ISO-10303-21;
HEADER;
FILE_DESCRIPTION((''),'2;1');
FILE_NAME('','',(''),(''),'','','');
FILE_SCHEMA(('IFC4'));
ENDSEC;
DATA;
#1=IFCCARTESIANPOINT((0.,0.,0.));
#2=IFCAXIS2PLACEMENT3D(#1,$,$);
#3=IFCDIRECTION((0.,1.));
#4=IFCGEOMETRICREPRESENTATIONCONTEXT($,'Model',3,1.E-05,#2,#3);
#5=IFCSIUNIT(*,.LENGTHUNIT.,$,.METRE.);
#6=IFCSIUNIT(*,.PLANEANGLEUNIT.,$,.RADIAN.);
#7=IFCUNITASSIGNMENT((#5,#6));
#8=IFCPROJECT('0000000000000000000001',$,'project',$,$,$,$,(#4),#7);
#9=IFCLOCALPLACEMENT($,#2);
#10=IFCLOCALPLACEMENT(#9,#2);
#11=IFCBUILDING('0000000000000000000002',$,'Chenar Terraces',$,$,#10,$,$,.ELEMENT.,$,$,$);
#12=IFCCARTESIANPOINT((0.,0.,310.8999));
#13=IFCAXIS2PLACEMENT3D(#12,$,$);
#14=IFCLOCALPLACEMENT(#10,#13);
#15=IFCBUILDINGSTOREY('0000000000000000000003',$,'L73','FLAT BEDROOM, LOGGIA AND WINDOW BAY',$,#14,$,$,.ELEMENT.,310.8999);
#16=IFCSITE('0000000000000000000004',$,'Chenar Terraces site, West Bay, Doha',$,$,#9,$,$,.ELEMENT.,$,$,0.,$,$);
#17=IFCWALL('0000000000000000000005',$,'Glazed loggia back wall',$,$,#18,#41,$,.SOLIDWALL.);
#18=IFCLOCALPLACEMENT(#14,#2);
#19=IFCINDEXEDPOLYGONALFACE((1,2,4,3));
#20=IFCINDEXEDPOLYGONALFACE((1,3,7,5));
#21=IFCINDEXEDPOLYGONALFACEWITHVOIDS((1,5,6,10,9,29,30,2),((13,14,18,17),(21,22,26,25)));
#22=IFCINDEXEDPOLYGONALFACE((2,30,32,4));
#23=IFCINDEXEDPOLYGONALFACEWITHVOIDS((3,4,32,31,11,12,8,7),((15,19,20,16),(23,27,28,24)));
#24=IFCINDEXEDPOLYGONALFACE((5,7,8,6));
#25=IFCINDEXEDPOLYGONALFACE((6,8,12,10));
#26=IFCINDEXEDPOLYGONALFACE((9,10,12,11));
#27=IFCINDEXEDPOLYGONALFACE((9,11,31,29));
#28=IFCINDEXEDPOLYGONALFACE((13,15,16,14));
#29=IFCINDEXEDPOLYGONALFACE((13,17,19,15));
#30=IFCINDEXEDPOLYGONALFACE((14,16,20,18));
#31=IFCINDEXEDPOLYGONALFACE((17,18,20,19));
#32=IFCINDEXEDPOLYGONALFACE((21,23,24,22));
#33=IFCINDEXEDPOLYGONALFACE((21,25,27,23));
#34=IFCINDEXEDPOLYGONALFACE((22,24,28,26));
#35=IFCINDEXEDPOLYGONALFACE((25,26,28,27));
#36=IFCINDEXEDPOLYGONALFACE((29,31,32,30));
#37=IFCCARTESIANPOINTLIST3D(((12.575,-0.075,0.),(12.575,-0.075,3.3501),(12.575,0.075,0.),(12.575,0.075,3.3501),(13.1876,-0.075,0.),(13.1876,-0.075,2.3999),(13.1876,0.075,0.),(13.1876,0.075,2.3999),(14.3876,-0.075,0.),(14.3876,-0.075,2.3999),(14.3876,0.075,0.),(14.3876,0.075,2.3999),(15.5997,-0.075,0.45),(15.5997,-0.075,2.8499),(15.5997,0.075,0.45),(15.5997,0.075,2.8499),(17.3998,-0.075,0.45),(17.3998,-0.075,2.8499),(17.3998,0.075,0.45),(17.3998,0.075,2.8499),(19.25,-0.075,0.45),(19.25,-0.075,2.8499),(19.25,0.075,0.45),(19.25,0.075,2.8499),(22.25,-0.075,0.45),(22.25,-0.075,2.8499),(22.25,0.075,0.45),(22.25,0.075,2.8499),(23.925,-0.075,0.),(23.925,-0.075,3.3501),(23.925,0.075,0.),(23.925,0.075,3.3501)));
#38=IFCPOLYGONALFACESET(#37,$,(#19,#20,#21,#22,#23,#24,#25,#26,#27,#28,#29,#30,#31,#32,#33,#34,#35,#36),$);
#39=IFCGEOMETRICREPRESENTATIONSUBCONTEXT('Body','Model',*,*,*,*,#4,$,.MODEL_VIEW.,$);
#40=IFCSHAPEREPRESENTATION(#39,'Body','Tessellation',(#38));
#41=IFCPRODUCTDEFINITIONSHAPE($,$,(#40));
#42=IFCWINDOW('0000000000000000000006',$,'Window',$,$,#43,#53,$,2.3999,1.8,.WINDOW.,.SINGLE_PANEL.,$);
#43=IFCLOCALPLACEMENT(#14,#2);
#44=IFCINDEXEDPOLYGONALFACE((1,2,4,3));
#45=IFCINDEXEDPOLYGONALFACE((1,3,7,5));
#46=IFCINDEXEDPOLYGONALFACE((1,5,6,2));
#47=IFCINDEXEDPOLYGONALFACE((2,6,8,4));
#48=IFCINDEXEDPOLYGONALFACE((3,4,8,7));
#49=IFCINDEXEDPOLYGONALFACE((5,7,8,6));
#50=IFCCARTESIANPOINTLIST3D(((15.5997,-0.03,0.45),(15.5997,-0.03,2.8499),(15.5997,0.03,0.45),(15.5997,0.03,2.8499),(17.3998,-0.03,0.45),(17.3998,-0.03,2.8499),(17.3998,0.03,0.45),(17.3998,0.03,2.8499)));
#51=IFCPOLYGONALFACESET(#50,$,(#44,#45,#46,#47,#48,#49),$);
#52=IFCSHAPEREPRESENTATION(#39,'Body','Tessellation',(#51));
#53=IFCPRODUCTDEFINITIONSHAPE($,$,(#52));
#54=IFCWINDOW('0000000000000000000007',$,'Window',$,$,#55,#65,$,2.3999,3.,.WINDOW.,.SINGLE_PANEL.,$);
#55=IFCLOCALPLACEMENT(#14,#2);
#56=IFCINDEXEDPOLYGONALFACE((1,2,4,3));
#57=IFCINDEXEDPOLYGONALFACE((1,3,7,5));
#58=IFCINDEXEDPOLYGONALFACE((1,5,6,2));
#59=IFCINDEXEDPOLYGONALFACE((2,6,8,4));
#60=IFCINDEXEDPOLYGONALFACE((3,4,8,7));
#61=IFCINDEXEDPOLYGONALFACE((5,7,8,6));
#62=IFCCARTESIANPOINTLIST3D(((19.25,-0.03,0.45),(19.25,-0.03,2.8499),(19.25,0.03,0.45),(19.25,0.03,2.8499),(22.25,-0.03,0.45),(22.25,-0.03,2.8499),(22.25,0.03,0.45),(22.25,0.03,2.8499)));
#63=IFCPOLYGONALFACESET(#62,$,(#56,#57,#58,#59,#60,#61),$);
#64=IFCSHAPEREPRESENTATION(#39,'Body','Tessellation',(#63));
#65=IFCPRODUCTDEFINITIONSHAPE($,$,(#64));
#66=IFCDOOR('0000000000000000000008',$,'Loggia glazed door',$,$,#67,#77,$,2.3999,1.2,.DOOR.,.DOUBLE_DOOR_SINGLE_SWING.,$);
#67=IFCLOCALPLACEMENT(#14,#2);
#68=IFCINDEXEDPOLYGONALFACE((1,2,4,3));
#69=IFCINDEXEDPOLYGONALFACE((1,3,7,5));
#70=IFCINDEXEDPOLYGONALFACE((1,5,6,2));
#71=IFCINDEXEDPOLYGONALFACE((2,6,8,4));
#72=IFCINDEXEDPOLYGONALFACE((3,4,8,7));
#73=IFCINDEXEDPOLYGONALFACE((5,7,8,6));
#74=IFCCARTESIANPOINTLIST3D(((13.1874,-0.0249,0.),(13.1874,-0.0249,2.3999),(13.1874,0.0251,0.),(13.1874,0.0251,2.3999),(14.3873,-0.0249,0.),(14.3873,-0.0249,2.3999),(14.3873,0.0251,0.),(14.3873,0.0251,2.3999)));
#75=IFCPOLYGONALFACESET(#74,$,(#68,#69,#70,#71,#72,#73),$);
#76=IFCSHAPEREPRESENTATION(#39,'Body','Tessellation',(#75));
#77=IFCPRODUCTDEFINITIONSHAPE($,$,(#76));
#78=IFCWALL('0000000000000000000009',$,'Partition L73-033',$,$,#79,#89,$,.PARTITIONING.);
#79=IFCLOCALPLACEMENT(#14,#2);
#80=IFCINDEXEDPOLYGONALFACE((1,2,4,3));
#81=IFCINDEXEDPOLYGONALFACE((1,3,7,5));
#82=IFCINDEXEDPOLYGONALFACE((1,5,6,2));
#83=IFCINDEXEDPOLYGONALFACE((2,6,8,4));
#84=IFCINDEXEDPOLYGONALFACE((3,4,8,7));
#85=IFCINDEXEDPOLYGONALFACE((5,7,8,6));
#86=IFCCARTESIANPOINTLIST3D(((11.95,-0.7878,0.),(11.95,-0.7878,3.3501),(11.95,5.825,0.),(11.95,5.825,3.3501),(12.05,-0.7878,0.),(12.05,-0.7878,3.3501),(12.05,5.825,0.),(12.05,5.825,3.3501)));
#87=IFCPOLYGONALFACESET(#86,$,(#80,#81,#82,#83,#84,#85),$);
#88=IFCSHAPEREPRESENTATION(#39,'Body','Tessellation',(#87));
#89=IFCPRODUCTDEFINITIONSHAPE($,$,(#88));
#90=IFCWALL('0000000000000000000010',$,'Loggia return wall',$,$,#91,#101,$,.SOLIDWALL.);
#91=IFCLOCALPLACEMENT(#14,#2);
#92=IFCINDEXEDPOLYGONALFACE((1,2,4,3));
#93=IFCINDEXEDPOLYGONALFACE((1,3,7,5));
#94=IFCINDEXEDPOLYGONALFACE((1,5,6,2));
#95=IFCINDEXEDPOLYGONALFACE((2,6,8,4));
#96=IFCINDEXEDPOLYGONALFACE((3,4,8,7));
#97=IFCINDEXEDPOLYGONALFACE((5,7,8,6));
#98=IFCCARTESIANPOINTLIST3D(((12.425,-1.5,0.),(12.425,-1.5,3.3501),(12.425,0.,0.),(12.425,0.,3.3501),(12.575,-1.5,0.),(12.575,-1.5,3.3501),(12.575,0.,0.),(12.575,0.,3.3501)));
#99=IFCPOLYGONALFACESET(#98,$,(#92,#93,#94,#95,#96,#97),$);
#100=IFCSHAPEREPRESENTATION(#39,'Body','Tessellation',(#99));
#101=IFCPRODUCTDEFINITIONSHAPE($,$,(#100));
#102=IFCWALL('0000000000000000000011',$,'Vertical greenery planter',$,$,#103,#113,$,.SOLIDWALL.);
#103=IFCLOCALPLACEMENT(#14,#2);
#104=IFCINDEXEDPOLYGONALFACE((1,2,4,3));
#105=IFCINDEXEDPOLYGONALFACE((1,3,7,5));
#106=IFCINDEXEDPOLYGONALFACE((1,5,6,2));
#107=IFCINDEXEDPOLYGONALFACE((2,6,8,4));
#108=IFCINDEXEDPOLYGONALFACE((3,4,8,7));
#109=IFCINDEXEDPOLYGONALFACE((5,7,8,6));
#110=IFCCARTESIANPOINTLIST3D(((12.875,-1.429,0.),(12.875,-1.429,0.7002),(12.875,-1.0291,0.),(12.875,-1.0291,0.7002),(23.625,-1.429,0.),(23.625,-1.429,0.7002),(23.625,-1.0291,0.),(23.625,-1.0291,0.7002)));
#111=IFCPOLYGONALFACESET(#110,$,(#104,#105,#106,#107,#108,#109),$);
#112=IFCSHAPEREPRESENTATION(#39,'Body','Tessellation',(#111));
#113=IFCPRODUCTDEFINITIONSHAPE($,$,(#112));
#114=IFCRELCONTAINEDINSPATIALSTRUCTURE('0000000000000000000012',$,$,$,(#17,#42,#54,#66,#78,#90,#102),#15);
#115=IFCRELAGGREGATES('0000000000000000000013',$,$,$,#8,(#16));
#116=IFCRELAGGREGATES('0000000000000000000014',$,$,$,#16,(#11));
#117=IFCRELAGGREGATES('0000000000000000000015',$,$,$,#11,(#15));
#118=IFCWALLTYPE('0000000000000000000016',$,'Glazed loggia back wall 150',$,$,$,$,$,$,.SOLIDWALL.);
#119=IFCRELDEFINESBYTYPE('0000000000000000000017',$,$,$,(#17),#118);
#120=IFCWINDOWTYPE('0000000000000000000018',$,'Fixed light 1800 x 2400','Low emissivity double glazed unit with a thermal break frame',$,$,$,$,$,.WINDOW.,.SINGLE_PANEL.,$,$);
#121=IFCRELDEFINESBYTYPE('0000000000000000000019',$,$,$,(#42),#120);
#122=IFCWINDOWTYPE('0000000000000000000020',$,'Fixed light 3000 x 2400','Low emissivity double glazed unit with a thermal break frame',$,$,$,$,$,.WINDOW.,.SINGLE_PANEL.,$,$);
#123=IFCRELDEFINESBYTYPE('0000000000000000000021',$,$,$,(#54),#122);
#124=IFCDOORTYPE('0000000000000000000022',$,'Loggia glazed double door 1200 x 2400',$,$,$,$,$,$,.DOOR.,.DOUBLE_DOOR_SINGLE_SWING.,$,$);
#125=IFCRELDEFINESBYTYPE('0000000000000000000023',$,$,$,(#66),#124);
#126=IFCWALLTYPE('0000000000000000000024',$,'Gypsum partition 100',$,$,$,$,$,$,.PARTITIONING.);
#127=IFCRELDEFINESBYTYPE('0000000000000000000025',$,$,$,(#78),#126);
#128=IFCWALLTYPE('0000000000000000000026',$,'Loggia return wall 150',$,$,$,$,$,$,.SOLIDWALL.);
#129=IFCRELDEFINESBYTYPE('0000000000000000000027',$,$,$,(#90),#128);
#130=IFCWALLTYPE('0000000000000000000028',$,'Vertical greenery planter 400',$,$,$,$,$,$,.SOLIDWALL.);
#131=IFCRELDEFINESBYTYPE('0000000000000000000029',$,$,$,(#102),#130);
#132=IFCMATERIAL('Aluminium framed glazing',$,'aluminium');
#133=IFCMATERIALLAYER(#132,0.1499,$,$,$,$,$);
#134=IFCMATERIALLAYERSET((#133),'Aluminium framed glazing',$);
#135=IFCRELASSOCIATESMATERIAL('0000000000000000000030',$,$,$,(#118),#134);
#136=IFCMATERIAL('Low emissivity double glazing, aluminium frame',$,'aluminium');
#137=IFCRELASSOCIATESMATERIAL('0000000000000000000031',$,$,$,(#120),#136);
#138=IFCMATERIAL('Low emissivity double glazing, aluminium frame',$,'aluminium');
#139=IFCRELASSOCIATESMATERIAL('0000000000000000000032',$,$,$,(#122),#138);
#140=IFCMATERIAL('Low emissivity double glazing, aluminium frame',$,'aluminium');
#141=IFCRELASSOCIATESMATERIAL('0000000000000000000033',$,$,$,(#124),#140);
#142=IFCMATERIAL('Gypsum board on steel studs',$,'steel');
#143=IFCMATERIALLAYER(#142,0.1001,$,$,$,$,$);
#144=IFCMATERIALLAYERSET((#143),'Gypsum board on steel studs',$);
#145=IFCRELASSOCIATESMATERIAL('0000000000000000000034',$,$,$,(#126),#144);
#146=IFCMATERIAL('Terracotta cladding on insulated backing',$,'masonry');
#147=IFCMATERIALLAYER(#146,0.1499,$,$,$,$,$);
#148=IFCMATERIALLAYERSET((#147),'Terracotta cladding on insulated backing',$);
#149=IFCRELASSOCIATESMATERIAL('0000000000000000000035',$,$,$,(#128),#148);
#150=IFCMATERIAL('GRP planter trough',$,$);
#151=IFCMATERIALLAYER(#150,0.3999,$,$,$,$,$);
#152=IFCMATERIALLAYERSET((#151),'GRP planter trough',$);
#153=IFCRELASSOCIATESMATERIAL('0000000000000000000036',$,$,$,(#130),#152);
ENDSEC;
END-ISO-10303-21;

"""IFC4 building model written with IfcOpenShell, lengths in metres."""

from ifc_helpers import new_model, si_unit, direction, frame, frame_2d, origin, place, context, subcontext, project, spatial, rectangle, extrude, material, layer, layer_set, type_object, element, fill, save


model = new_model("IFC4")

# Units and contexts
model_context = context("Model", 3, precision=1e-05, world=origin(), true_north=direction((0.0, 1.0)))
body_context = subcontext(model_context, "Body", "Model", "MODEL_VIEW")
ifc_project = project(units=[si_unit("LENGTHUNIT", "METRE"), si_unit("PLANEANGLEUNIT", "RADIAN")], contexts=[model_context])

# Site, building, storey
site_placement = place(None, origin())
site = spatial("IfcSite", under=ifc_project, at=site_placement, Name="Chenar Terraces site, West Bay, Doha", CompositionType="ELEMENT", RefElevation=0.0)
building_placement = place(site_placement, origin())
building = spatial("IfcBuilding", under=site, at=building_placement, Name="Chenar Terraces", CompositionType="ELEMENT")
storey_placement = place(building_placement, frame((0.0, 0.0, 310.8999)))
storey = spatial("IfcBuildingStorey", under=building, at=storey_placement, Name="L73", Description="FLAT BEDROOM, LOGGIA AND WINDOW BAY", CompositionType="ELEMENT", Elevation=310.8999)

# Wall, openings, windows, door
ifc_material_1 = material(Name="Aluminium framed glazing", Category="aluminium")
ifc_layer_1 = layer(ifc_material_1, 0.1499)
ifc_layer_set_1 = layer_set([ifc_layer_1], Name="Aluminium framed glazing")
wall_type_1 = type_object("IfcWallType", Name="Glazed loggia back wall 150", PredefinedType="SOLIDWALL", material=ifc_layer_set_1)
wall_1_placement = place(storey_placement, frame((12.575, 0.0, 0.0), z_axis=(0.0, 0.0, 1.0), x_axis=(1.0, 0.0, 0.0)))
wall_1 = element("IfcWall", 1, at=wall_1_placement, inside=storey, type_object=wall_type_1, Name="Glazed loggia back wall", PredefinedType="SOLIDWALL", context=body_context, shape_type="SweptSolid", body=[
    extrude(rectangle(XDim=11.3501, YDim=0.1499, at=frame_2d((5.675, 0.0))), origin(), (0.0, 0.0, 1.0), 3.3501),
])
opening_1_placement = place(wall_1_placement, frame((0.6125, 0.0, 0.0)))
opening_1 = element("IfcOpeningElement", 2, at=opening_1_placement, cuts=wall_1, PredefinedType="OPENING", context=body_context, shape_type="SweptSolid", body=[
    extrude(rectangle(XDim=1.2, YDim=2.3999, at=frame_2d((0.6001, 1.2))), frame((0.0, 0.085, 0.0), z_axis=(0.0, -1.0, 0.0), x_axis=(1.0, 0.0, 0.0)), (0.0, 0.0, 1.0), 0.1699),
])
opening_2_placement = place(wall_1_placement, frame((3.0249, 0.0, 0.45)))
opening_2 = element("IfcOpeningElement", 3, at=opening_2_placement, cuts=wall_1, PredefinedType="OPENING", context=body_context, shape_type="SweptSolid", body=[
    extrude(rectangle(XDim=1.8, YDim=2.3999, at=frame_2d((0.8999, 1.2))), frame((0.0, 0.085, 0.0), z_axis=(0.0, -1.0, 0.0), x_axis=(1.0, 0.0, 0.0)), (0.0, 0.0, 1.0), 0.1699),
])
opening_3_placement = place(wall_1_placement, frame((6.675, 0.0, 0.45)))
opening_3 = element("IfcOpeningElement", 4, at=opening_3_placement, cuts=wall_1, PredefinedType="OPENING", context=body_context, shape_type="SweptSolid", body=[
    extrude(rectangle(XDim=3.0, YDim=2.3999, at=frame_2d((1.5, 1.2))), frame((0.0, 0.085, 0.0), z_axis=(0.0, -1.0, 0.0), x_axis=(1.0, 0.0, 0.0)), (0.0, 0.0, 1.0), 0.1699),
])
ifc_material_2 = material(Name="Low emissivity double glazing, aluminium frame", Category="aluminium")
window_type_1 = type_object("IfcWindowType", Name="Fixed light 1800 x 2400", Description="Low emissivity double glazed unit with a thermal break frame", PartitioningType="SINGLE_PANEL", PredefinedType="WINDOW", material=ifc_material_2)
window_1_placement = place(opening_2_placement, origin())
window_1 = element("IfcWindow", 5, at=window_1_placement, inside=storey, type_object=window_type_1, Name="Window", OverallHeight=2.3999, OverallWidth=1.8, PartitioningType="SINGLE_PANEL", PredefinedType="WINDOW", context=body_context, shape_type="SweptSolid", body=[
    extrude(rectangle(XDim=1.8, YDim=2.3999, at=frame_2d((0.8999, 1.2))), frame((0.0, 0.03, 0.0), z_axis=(0.0, -1.0, 0.0), x_axis=(1.0, 0.0, 0.0)), (0.0, 0.0, 1.0), 0.0601),
])
fill(opening_2, window_1)
ifc_material_3 = material(Name="Low emissivity double glazing, aluminium frame", Category="aluminium")
window_type_2 = type_object("IfcWindowType", Name="Fixed light 3000 x 2400", Description="Low emissivity double glazed unit with a thermal break frame", PartitioningType="SINGLE_PANEL", PredefinedType="WINDOW", material=ifc_material_3)
window_2_placement = place(opening_3_placement, origin())
window_2 = element("IfcWindow", 6, at=window_2_placement, inside=storey, type_object=window_type_2, Name="Window", OverallHeight=2.3999, OverallWidth=3.0, PartitioningType="SINGLE_PANEL", PredefinedType="WINDOW", context=body_context, shape_type="SweptSolid", body=[
    extrude(rectangle(XDim=3.0, YDim=2.3999, at=frame_2d((1.5, 1.2))), frame((0.0, 0.03, 0.0), z_axis=(0.0, -1.0, 0.0), x_axis=(1.0, 0.0, 0.0)), (0.0, 0.0, 1.0), 0.0601),
])
fill(opening_3, window_2)
ifc_material_4 = material(Name="Low emissivity double glazing, aluminium frame", Category="aluminium")
door_type_1 = type_object("IfcDoorType", Name="Loggia glazed double door 1200 x 2400", OperationType="DOUBLE_DOOR_SINGLE_SWING", PredefinedType="DOOR", material=ifc_material_4)
door_1_placement = place(opening_1_placement, frame((1.2, 0.0, 0.0), z_axis=(0.0, 0.0, 1.0), x_axis=(-1.0, 0.0, 0.0)))
door_1 = element("IfcDoor", 7, at=door_1_placement, inside=storey, type_object=door_type_1, Name="Loggia glazed door", OperationType="DOUBLE_DOOR_SINGLE_SWING", OverallHeight=2.3999, OverallWidth=1.2, PredefinedType="DOOR", context=body_context, shape_type="SweptSolid", body=[
    extrude(rectangle(XDim=1.2, YDim=2.3999, at=frame_2d((0.6001, 1.2))), frame((0.0, 0.0249, 0.0), z_axis=(0.0, -1.0, 0.0), x_axis=(1.0, 0.0, 0.0)), (0.0, 0.0, 1.0), 0.05),
])
fill(opening_1, door_1)

# Walls
ifc_material_5 = material(Name="Gypsum board on steel studs", Category="steel")
ifc_layer_2 = layer(ifc_material_5, 0.1001)
ifc_layer_set_2 = layer_set([ifc_layer_2], Name="Gypsum board on steel studs")
wall_type_2 = type_object("IfcWallType", Name="Gypsum partition 100", PredefinedType="PARTITIONING", material=ifc_layer_set_2)
wall_2_placement = place(storey_placement, frame((12.0, -0.7878, 0.0), z_axis=(0.0, 0.0, 1.0), x_axis=(0.0, 1.0, 0.0)))
element("IfcWall", 8, at=wall_2_placement, inside=storey, type_object=wall_type_2, Name="Partition L73-033", PredefinedType="PARTITIONING", context=body_context, shape_type="SweptSolid", body=[
    extrude(rectangle(XDim=6.6128, YDim=0.1001, at=frame_2d((3.3064, 0.0))), origin(), (0.0, 0.0, 1.0), 3.3501),
])
ifc_material_6 = material(Name="Terracotta cladding on insulated backing", Category="masonry")
ifc_layer_3 = layer(ifc_material_6, 0.1499)
ifc_layer_set_3 = layer_set([ifc_layer_3], Name="Terracotta cladding on insulated backing")
wall_type_3 = type_object("IfcWallType", Name="Loggia return wall 150", PredefinedType="SOLIDWALL", material=ifc_layer_set_3)
wall_3_placement = place(storey_placement, frame((12.5, -1.5, 0.0), z_axis=(0.0, 0.0, 1.0), x_axis=(0.0, 1.0, 0.0)))
element("IfcWall", 9, at=wall_3_placement, inside=storey, type_object=wall_type_3, Name="Loggia return wall", PredefinedType="SOLIDWALL", context=body_context, shape_type="SweptSolid", body=[
    extrude(rectangle(XDim=1.5, YDim=0.1499, at=frame_2d((0.75, 0.0))), origin(), (0.0, 0.0, 1.0), 3.3501),
])
ifc_material_7 = material(Name="GRP planter trough")
ifc_layer_4 = layer(ifc_material_7, 0.3999)
ifc_layer_set_4 = layer_set([ifc_layer_4], Name="GRP planter trough")
wall_type_4 = type_object("IfcWallType", Name="Vertical greenery planter 400", PredefinedType="SOLIDWALL", material=ifc_layer_set_4)
wall_4_placement = place(storey_placement, frame((12.875, -1.229, 0.0), z_axis=(0.0, 0.0, 1.0), x_axis=(1.0, 0.0, 0.0)))
element("IfcWall", 10, at=wall_4_placement, inside=storey, type_object=wall_type_4, Name="Vertical greenery planter", PredefinedType="SOLIDWALL", context=body_context, shape_type="SweptSolid", body=[
    extrude(rectangle(XDim=10.75, YDim=0.3999, at=frame_2d((5.375, 0.0))), origin(), (0.0, 0.0, 1.0), 0.7002),
])

save(model, "model.ifc")
